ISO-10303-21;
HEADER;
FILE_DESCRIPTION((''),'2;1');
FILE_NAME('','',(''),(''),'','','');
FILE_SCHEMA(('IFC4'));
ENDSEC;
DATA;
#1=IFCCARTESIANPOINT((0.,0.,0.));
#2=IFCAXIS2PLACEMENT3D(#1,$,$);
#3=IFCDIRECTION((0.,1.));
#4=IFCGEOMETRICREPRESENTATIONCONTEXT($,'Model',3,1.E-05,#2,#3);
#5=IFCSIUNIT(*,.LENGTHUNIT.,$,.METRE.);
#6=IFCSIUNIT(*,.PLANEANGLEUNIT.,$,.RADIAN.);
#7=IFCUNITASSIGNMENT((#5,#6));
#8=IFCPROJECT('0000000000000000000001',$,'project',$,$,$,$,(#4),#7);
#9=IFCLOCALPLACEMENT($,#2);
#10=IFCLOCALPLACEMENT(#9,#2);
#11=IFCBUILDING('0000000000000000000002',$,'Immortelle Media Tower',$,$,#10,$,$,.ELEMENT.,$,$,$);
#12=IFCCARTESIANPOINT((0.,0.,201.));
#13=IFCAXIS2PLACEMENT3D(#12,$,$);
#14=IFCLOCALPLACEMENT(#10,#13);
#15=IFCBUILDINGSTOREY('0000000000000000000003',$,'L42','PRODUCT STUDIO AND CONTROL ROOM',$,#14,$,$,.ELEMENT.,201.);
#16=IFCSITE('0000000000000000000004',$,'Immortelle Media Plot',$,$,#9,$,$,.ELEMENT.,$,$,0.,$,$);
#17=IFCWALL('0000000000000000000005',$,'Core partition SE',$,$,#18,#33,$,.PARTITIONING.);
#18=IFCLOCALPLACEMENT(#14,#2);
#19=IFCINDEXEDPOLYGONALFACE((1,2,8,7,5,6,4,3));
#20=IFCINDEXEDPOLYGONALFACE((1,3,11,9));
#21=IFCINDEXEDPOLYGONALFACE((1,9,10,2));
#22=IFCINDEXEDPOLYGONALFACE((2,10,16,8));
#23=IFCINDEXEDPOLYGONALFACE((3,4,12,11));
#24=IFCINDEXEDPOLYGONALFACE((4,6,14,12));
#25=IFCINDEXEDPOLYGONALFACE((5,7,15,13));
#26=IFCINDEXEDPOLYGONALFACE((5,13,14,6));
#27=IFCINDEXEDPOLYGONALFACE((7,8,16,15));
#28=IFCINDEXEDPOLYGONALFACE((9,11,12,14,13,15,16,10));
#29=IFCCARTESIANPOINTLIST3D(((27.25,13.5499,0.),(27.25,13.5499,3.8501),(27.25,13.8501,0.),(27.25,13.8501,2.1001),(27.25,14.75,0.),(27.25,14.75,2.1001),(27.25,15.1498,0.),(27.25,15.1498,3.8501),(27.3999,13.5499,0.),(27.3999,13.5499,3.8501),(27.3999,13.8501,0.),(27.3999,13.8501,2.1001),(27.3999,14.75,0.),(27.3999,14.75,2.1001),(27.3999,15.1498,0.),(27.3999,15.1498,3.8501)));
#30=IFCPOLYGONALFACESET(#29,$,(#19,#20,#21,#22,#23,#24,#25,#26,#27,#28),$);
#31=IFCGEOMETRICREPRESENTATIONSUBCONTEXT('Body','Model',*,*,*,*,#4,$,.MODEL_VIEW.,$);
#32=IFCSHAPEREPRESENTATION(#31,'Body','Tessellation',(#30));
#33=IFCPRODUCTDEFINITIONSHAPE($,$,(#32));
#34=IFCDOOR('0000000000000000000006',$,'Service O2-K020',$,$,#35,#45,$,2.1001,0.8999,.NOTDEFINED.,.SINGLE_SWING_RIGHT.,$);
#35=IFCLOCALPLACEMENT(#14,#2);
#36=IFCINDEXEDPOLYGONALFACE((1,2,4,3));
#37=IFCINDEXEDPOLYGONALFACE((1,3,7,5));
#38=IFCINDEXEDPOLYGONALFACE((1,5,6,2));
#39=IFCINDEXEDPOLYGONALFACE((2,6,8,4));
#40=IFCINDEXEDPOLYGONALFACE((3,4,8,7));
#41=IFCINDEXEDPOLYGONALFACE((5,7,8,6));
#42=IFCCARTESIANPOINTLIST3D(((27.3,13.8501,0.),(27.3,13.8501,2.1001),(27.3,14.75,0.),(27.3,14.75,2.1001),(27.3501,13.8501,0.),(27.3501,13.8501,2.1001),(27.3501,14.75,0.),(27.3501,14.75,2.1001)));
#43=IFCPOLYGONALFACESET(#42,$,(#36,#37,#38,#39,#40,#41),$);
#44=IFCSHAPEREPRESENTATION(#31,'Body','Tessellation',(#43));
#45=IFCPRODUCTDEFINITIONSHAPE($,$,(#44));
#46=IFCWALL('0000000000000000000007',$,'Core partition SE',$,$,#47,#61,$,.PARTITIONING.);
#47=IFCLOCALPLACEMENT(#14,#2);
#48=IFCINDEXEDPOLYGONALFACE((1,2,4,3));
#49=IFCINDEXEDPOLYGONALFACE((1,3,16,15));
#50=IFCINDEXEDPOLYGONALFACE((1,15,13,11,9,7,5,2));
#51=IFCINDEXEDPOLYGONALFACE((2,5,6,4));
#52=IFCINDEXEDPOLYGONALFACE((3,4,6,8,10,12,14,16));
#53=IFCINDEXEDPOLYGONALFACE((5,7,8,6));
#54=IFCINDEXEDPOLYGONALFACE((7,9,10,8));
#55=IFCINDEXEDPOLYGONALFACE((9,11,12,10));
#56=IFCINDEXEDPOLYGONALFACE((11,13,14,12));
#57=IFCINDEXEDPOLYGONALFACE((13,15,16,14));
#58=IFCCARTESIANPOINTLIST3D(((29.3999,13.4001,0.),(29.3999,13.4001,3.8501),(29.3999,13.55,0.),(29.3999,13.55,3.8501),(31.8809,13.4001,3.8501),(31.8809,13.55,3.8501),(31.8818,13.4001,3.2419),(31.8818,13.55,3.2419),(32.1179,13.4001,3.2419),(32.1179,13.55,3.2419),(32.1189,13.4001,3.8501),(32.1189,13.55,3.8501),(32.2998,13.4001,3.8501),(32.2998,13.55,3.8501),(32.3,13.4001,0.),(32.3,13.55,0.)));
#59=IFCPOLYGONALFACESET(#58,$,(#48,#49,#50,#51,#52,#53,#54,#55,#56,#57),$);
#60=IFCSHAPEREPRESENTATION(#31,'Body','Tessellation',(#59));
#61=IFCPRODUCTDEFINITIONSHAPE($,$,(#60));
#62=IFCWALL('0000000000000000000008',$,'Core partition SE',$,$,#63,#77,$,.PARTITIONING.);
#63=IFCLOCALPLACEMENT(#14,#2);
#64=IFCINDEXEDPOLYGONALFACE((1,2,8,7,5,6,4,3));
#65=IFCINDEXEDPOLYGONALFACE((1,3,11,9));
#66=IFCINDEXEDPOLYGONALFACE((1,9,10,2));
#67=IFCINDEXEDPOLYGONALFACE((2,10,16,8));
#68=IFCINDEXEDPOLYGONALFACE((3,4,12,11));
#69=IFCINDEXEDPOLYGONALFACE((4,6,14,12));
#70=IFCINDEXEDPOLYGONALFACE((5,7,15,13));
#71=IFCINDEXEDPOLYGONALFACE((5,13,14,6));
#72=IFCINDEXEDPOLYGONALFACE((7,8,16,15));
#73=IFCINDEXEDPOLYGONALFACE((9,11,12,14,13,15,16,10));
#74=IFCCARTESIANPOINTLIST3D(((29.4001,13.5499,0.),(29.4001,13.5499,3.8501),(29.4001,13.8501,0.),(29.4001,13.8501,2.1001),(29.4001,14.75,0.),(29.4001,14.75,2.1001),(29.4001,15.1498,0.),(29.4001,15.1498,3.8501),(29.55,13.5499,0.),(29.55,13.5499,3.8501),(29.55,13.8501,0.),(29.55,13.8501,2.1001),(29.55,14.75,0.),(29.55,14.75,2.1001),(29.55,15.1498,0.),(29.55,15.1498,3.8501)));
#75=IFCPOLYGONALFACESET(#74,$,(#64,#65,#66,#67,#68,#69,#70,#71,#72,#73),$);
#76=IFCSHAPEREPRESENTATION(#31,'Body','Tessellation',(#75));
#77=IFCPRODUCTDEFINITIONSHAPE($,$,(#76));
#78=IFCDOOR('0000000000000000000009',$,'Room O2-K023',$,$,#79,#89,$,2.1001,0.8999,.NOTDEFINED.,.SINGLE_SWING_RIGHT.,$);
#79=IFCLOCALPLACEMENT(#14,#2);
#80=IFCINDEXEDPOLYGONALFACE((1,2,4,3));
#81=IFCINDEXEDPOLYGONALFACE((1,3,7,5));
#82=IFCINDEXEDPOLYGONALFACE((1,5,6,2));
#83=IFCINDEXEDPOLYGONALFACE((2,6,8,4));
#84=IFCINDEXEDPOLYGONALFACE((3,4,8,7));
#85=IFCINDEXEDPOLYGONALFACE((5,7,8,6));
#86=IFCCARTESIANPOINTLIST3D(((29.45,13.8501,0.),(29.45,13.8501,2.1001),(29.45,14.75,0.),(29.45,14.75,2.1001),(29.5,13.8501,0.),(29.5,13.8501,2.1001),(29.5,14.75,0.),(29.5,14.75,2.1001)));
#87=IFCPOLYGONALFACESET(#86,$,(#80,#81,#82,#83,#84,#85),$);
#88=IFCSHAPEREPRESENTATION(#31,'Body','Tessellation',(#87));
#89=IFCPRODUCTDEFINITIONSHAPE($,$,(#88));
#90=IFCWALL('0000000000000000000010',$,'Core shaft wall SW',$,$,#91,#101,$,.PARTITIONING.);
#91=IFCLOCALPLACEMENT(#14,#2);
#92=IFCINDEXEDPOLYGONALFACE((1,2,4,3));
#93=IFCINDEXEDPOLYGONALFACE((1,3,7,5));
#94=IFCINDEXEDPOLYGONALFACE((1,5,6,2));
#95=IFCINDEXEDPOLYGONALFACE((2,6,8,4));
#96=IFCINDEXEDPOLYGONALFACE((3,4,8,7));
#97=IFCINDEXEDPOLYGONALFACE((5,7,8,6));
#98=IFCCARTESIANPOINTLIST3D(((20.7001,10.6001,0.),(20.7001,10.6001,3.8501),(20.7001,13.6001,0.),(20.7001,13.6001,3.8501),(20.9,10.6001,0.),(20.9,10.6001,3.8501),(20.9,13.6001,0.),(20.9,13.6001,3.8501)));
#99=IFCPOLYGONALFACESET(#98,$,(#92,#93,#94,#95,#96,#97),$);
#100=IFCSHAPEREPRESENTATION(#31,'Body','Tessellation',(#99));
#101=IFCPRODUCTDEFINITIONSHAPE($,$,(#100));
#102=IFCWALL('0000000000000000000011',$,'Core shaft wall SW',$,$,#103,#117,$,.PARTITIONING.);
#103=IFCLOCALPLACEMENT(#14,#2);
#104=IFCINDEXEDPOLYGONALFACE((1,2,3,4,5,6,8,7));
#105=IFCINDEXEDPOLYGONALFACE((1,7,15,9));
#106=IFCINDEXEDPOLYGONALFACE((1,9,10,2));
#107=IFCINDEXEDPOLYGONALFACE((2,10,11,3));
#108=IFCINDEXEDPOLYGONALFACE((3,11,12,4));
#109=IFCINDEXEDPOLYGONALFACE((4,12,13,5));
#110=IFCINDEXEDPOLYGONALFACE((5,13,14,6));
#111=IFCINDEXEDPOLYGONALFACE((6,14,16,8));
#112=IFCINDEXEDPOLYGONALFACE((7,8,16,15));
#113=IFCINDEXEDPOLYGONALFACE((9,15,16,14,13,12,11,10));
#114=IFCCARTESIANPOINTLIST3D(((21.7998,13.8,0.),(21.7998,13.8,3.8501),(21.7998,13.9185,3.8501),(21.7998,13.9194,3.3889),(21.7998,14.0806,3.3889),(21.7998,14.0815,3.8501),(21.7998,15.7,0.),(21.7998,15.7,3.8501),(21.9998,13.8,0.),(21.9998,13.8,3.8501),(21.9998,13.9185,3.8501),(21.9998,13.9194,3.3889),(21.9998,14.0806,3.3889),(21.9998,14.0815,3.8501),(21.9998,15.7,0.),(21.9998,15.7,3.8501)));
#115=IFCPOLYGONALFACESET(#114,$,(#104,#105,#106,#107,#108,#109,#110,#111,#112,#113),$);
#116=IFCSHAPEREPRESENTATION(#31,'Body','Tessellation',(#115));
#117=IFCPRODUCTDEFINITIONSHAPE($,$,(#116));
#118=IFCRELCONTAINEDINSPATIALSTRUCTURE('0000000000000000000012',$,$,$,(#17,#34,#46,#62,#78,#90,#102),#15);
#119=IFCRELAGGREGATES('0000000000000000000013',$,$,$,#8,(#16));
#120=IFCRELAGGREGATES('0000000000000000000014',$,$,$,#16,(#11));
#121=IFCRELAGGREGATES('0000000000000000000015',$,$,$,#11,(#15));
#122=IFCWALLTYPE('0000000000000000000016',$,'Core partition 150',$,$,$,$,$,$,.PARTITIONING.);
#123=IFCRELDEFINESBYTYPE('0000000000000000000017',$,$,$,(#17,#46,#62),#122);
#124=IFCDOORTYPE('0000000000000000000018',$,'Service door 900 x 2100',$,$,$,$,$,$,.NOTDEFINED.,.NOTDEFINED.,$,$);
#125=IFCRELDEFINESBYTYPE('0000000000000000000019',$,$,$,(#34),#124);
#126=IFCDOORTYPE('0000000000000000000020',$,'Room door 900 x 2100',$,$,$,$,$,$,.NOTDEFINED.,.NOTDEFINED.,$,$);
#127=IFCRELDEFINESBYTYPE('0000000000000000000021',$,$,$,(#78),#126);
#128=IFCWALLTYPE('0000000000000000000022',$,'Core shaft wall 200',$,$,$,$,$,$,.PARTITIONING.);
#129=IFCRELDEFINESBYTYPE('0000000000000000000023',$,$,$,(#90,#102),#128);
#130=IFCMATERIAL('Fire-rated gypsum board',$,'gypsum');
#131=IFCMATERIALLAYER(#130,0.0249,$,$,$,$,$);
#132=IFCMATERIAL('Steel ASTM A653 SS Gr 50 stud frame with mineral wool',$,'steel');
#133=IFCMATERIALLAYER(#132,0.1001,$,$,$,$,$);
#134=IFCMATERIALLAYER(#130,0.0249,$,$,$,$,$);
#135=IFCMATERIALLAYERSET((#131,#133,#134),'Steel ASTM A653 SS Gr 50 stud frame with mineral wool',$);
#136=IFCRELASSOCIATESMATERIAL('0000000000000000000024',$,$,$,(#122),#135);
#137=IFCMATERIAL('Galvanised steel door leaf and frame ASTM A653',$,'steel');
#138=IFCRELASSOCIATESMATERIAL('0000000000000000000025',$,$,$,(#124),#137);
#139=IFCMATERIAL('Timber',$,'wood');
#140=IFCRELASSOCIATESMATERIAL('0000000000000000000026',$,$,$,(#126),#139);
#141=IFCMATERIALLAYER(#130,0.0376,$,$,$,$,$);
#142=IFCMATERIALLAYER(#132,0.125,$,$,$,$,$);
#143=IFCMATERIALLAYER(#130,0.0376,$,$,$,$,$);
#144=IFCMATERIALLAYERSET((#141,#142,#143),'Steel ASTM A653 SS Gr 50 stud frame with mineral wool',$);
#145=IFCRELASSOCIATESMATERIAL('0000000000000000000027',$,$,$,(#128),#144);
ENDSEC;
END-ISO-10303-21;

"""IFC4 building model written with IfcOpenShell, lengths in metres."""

from ifc_helpers import new_model, si_unit, direction, frame, frame_2d, origin, place, context, subcontext, project, spatial, polyline, rectangle, outline, extrude, material, layer, layer_set, type_object, element, fill, save


model = new_model("IFC4")

# Units and contexts
model_context = context("Model", 3, precision=1e-05, world=origin(), true_north=direction((0.0, 1.0)))
body_context = subcontext(model_context, "Body", "Model", "MODEL_VIEW")
ifc_project = project(units=[si_unit("LENGTHUNIT", "METRE"), si_unit("PLANEANGLEUNIT", "RADIAN")], contexts=[model_context])

# Site, building, storey
site_placement = place(None, origin())
site = spatial("IfcSite", under=ifc_project, at=site_placement, Name="Immortelle Media Plot", CompositionType="ELEMENT", RefElevation=0.0)
building_placement = place(site_placement, origin())
building = spatial("IfcBuilding", under=site, at=building_placement, Name="Immortelle Media Tower", CompositionType="ELEMENT")
storey_placement = place(building_placement, frame((0.0, 0.0, 201.0)))
storey = spatial("IfcBuildingStorey", under=building, at=storey_placement, Name="L42", Description="PRODUCT STUDIO AND CONTROL ROOM", CompositionType="ELEMENT", Elevation=201.0)

# Shared definitions
ifc_material_1 = material(Name="Fire-rated gypsum board", Category="gypsum")
ifc_layer_1 = layer(ifc_material_1, 0.0249)
ifc_material_2 = material(Name="Steel ASTM A653 SS Gr 50 stud frame with mineral wool", Category="steel")
ifc_layer_2 = layer(ifc_material_2, 0.1001)
ifc_layer_3 = layer(ifc_material_1, 0.0249)
ifc_layer_set_1 = layer_set([ifc_layer_1, ifc_layer_2, ifc_layer_3], Name="Steel ASTM A653 SS Gr 50 stud frame with mineral wool")
wall_type_1 = type_object("IfcWallType", Name="Core partition 150", PredefinedType="PARTITIONING", material=ifc_layer_set_1)

# Wall, opening, door
wall_1_placement = place(storey_placement, frame((27.325, 13.55, 0.0), z_axis=(0.0, 0.0, 1.0), x_axis=(0.0, 1.0, 0.0)))
wall_1 = element("IfcWall", 1, at=wall_1_placement, inside=storey, type_object=wall_type_1, Name="Core partition SE", PredefinedType="PARTITIONING", context=body_context, shape_type="SweptSolid", body=[
    extrude(rectangle(XDim=1.5999, YDim=0.1499, at=frame_2d((0.7998, 0.0))), origin(), (0.0, 0.0, 1.0), 3.8501),
])
opening_1_placement = place(wall_1_placement, frame((0.3, 0.0, 0.0)))
opening_1 = element("IfcOpeningElement", 2, at=opening_1_placement, cuts=wall_1, PredefinedType="OPENING", context=body_context, shape_type="SweptSolid", body=[
    extrude(rectangle(XDim=0.8999, YDim=2.1001, at=frame_2d((0.45, 1.05))), frame((0.0, 0.085, 0.0), z_axis=(0.0, -1.0, 0.0), x_axis=(1.0, 0.0, 0.0)), (0.0, 0.0, 1.0), 0.1699),
])
ifc_material_3 = material(Name="Galvanised steel door leaf and frame ASTM A653", Category="steel")
door_type_1 = type_object("IfcDoorType", Name="Service door 900 x 2100", OperationType="NOTDEFINED", PredefinedType="NOTDEFINED", material=ifc_material_3)
door_1_placement = place(opening_1_placement, origin())
door_1 = element("IfcDoor", 3, at=door_1_placement, inside=storey, type_object=door_type_1, Name="Service O2-K020", OperationType="SINGLE_SWING_RIGHT", OverallHeight=2.1001, OverallWidth=0.8999, PredefinedType="NOTDEFINED", context=body_context, shape_type="SweptSolid", body=[
    extrude(rectangle(XDim=0.8999, YDim=2.1001, at=frame_2d((0.45, 1.05))), frame((0.0, 0.0249, 0.0), z_axis=(0.0, -1.0, 0.0), x_axis=(1.0, 0.0, 0.0)), (0.0, 0.0, 1.0), 0.05),
])
fill(opening_1, door_1)

# Wall
wall_2_placement = place(storey_placement, frame((29.3999, 13.4751, 0.0), z_axis=(0.0, 0.0, 1.0), x_axis=(1.0, 0.0, 0.0)))
element("IfcWall", 4, at=wall_2_placement, inside=storey, type_object=wall_type_1, Name="Core partition SE", PredefinedType="PARTITIONING", context=body_context, shape_type="SweptSolid", body=[
    extrude(outline(polyline([(0.0, 0.0), (2.9001, 0.0), (2.8999, 3.8501), (2.719, 3.8501), (2.718, 3.2419), (2.4819, 3.2419), (2.481, 3.8501), (0.0, 3.8501), (0.0, 0.0)])), frame((0.0, 0.075, 0.0), z_axis=(0.0, -1.0, 0.0), x_axis=(1.0, 0.0, 0.0)), (0.0, 0.0, 1.0), 0.1499),
])

# Wall, opening, door
wall_3_placement = place(storey_placement, frame((29.4751, 13.55, 0.0), z_axis=(0.0, 0.0, 1.0), x_axis=(0.0, 1.0, 0.0)))
wall_3 = element("IfcWall", 5, at=wall_3_placement, inside=storey, type_object=wall_type_1, Name="Core partition SE", PredefinedType="PARTITIONING", context=body_context, shape_type="SweptSolid", body=[
    extrude(rectangle(XDim=1.5999, YDim=0.1499, at=frame_2d((0.7998, 0.0))), origin(), (0.0, 0.0, 1.0), 3.8501),
])
opening_2_placement = place(wall_3_placement, frame((1.2, 0.0, 0.0), z_axis=(0.0, 0.0, 1.0), x_axis=(-1.0, 0.0, 0.0)))
opening_2 = element("IfcOpeningElement", 6, at=opening_2_placement, cuts=wall_3, PredefinedType="OPENING", context=body_context, shape_type="SweptSolid", body=[
    extrude(rectangle(XDim=0.8999, YDim=2.1001, at=frame_2d((0.45, 1.05))), frame((0.0, 0.085, 0.0), z_axis=(0.0, -1.0, 0.0), x_axis=(1.0, 0.0, 0.0)), (0.0, 0.0, 1.0), 0.1699),
])
ifc_material_4 = material(Name="Timber", Category="wood")
door_type_2 = type_object("IfcDoorType", Name="Room door 900 x 2100", OperationType="NOTDEFINED", PredefinedType="NOTDEFINED", material=ifc_material_4)
door_2_placement = place(opening_2_placement, origin())
door_2 = element("IfcDoor", 7, at=door_2_placement, inside=storey, type_object=door_type_2, Name="Room O2-K023", OperationType="SINGLE_SWING_RIGHT", OverallHeight=2.1001, OverallWidth=0.8999, PredefinedType="NOTDEFINED", context=body_context, shape_type="SweptSolid", body=[
    extrude(rectangle(XDim=0.8999, YDim=2.1001, at=frame_2d((0.45, 1.05))), frame((0.0, 0.0249, 0.0), z_axis=(0.0, -1.0, 0.0), x_axis=(1.0, 0.0, 0.0)), (0.0, 0.0, 1.0), 0.05),
])
fill(opening_2, door_2)

# Walls
ifc_layer_4 = layer(ifc_material_1, 0.0376)
ifc_layer_5 = layer(ifc_material_2, 0.125)
ifc_layer_6 = layer(ifc_material_1, 0.0376)
ifc_layer_set_2 = layer_set([ifc_layer_4, ifc_layer_5, ifc_layer_6], Name="Steel ASTM A653 SS Gr 50 stud frame with mineral wool")
wall_type_2 = type_object("IfcWallType", Name="Core shaft wall 200", PredefinedType="PARTITIONING", material=ifc_layer_set_2)
wall_4_placement = place(storey_placement, frame((20.8, 10.6001, 0.0), z_axis=(0.0, 0.0, 1.0), x_axis=(0.0, 1.0, 0.0)))
element("IfcWall", 8, at=wall_4_placement, inside=storey, type_object=wall_type_2, Name="Core shaft wall SW", PredefinedType="PARTITIONING", context=body_context, shape_type="SweptSolid", body=[
    extrude(rectangle(XDim=3.0, YDim=0.2, at=frame_2d((1.5, 0.0))), origin(), (0.0, 0.0, 1.0), 3.8501),
])
wall_5_placement = place(storey_placement, frame((21.8999, 13.8, 0.0), z_axis=(0.0, 0.0, 1.0), x_axis=(0.0, 1.0, 0.0)))
element("IfcWall", 9, at=wall_5_placement, inside=storey, type_object=wall_type_2, Name="Core shaft wall SW", PredefinedType="PARTITIONING", context=body_context, shape_type="SweptSolid", body=[
    extrude(outline(polyline([(0.0, 0.0), (1.8999, 0.0), (1.8999, 3.8501), (0.2815, 3.8501), (0.2805, 3.3889), (0.1194, 3.3889), (0.1184, 3.8501), (0.0, 3.8501), (0.0, 0.0)])), frame((0.0, 0.1001, 0.0), z_axis=(0.0, -1.0, 0.0), x_axis=(1.0, 0.0, 0.0)), (0.0, 0.0, 1.0), 0.2),
])

save(model, "model.ifc")
